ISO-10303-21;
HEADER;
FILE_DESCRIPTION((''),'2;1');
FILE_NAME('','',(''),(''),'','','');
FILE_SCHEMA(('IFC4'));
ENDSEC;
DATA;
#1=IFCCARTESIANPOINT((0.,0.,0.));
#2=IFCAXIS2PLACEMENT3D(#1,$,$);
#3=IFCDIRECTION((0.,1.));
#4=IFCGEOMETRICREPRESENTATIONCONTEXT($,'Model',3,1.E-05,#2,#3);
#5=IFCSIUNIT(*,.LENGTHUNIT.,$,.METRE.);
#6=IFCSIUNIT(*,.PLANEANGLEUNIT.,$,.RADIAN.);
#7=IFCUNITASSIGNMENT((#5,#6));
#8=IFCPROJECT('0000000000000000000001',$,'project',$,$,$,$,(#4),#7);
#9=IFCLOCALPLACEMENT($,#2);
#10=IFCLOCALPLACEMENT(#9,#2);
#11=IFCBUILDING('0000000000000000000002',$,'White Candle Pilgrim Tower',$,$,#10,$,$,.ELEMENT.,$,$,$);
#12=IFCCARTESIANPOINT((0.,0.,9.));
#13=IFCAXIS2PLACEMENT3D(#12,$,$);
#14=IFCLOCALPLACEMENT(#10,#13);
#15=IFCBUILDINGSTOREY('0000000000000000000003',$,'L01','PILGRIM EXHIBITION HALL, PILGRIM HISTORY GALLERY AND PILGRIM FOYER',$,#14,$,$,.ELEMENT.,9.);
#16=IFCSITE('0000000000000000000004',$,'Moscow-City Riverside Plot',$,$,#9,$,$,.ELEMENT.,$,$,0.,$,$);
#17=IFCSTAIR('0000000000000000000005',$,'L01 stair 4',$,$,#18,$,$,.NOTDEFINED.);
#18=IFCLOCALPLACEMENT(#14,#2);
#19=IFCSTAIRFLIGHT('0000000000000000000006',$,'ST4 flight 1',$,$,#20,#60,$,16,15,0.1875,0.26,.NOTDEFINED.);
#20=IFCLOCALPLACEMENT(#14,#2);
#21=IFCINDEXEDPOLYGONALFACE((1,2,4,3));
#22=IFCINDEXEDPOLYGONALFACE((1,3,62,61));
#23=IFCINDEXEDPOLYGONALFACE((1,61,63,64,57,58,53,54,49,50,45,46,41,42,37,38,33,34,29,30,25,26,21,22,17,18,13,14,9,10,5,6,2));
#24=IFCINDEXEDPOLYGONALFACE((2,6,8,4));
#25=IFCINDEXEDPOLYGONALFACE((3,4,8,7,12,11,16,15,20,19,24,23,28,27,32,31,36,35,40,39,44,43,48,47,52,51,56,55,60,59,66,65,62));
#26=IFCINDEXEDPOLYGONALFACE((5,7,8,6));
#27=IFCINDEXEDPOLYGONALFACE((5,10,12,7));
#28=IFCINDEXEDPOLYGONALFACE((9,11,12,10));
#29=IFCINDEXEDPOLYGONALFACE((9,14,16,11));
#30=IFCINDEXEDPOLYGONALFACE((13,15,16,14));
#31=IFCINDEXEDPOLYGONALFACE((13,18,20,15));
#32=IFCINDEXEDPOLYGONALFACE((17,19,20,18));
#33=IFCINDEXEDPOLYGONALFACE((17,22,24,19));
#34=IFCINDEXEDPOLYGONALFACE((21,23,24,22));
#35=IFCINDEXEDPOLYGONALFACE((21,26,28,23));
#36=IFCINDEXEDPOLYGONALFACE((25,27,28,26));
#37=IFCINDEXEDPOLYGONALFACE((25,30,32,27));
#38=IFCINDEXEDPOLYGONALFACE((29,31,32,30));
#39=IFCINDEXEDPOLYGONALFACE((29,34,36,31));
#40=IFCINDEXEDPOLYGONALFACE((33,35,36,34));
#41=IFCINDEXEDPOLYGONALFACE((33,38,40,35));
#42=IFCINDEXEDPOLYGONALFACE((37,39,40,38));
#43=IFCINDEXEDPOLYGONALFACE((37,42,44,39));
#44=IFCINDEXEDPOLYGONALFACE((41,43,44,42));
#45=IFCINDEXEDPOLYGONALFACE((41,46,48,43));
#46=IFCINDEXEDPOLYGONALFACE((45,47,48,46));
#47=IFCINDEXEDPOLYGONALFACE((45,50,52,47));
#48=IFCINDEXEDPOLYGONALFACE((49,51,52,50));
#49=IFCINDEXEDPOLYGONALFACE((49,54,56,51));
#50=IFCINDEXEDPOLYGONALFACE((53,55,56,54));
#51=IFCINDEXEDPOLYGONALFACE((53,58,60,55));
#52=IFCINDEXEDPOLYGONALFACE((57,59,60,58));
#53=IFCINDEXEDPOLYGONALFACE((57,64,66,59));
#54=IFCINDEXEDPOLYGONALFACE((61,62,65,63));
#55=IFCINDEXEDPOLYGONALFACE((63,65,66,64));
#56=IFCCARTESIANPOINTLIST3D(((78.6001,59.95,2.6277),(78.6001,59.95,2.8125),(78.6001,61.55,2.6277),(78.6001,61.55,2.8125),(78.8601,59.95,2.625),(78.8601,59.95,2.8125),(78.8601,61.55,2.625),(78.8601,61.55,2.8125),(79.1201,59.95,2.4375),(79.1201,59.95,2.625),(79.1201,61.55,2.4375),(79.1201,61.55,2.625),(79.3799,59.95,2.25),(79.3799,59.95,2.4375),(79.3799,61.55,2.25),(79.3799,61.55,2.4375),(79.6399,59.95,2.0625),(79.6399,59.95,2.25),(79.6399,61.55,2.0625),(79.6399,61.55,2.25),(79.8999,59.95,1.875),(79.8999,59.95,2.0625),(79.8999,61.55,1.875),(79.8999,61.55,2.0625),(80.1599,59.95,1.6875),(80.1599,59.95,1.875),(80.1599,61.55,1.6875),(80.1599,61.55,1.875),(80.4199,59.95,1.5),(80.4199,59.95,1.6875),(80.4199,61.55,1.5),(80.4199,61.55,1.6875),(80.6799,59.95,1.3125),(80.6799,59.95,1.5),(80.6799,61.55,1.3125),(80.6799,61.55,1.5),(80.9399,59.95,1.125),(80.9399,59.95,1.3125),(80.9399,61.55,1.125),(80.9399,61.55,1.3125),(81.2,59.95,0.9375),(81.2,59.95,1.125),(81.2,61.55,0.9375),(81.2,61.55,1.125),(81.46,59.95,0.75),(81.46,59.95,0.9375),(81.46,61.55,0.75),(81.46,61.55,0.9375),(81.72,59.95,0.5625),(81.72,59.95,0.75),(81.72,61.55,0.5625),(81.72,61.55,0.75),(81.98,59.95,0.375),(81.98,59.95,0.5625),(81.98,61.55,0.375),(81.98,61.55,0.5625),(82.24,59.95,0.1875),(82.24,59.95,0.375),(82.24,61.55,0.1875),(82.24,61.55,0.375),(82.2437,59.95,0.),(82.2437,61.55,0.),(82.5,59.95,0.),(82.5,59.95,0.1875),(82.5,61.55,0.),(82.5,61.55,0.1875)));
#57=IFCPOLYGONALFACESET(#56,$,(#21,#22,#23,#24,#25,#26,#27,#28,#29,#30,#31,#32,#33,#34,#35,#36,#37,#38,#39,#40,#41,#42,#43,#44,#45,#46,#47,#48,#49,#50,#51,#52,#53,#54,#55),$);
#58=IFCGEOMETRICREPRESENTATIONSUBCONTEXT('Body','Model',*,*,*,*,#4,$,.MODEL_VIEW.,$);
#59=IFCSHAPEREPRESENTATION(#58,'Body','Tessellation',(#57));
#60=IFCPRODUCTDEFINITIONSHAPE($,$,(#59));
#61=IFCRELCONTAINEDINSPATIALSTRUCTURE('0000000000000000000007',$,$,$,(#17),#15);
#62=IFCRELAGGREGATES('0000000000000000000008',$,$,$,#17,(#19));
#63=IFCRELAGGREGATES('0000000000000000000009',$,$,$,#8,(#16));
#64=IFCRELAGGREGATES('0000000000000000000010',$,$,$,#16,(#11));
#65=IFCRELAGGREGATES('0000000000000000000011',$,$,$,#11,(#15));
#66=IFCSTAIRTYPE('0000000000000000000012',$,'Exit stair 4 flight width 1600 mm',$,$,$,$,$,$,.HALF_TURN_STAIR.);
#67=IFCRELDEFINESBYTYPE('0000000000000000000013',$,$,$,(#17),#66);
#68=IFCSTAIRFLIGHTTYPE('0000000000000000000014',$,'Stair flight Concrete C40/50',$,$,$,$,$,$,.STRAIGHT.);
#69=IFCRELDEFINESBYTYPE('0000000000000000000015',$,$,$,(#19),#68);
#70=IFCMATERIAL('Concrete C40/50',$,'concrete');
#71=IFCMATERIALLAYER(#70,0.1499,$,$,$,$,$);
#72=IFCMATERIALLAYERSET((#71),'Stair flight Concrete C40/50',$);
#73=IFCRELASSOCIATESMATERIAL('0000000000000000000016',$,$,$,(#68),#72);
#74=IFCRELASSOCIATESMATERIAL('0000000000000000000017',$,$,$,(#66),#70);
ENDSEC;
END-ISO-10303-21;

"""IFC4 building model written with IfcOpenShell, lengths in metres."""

from ifc_helpers import new_model, si_unit, direction, frame, origin, place, context, subcontext, project, spatial, polyline, outline, extrude, material, layer, layer_set, type_object, element, aggregate, save


model = new_model("IFC4")

# Units and contexts
model_context = context("Model", 3, precision=1e-05, world=origin(), true_north=direction((0.0, 1.0)))
body_context = subcontext(model_context, "Body", "Model", "MODEL_VIEW")
ifc_project = project(units=[si_unit("LENGTHUNIT", "METRE"), si_unit("PLANEANGLEUNIT", "RADIAN")], contexts=[model_context])

# Site, building, storey
site_placement = place(None, origin())
site = spatial("IfcSite", under=ifc_project, at=site_placement, Name="Moscow-City Riverside Plot", CompositionType="ELEMENT", RefElevation=0.0)
building_placement = place(site_placement, origin())
building = spatial("IfcBuilding", under=site, at=building_placement, Name="White Candle Pilgrim Tower", CompositionType="ELEMENT")
storey_placement = place(building_placement, frame((0.0, 0.0, 9.0)))
storey = spatial("IfcBuildingStorey", under=building, at=storey_placement, Name="L01", Description="PILGRIM EXHIBITION HALL, PILGRIM HISTORY GALLERY AND PILGRIM FOYER", CompositionType="ELEMENT", Elevation=9.0)

# Stair, stair flight
ifc_material_1 = material(Name="Concrete C40/50", Category="concrete")
ifc_layer_1 = layer(ifc_material_1, 0.1499)
ifc_layer_set_1 = layer_set([ifc_layer_1], Name="Stair flight Concrete C40/50")
stair_flight_type = type_object("IfcStairFlightType", Name="Stair flight Concrete C40/50", PredefinedType="STRAIGHT", material=ifc_layer_set_1)
stair_type_1 = type_object("IfcStairType", Name="Exit stair 4 flight width 1600 mm", PredefinedType="HALF_TURN_STAIR", material=ifc_material_1)
stair_1_placement = place(storey_placement, origin())
stair_1 = element("IfcStair", 1, at=stair_1_placement, inside=storey, type_object=stair_type_1, Name="L01 stair 4", PredefinedType="NOTDEFINED")
stair_flight_1_placement = place(storey_placement, frame((82.5, 60.75, 0.0), z_axis=(0.0, 0.0, 1.0), x_axis=(-1.0, 0.0, 0.0)))
stair_flight_1 = element("IfcStairFlight", 2, at=stair_flight_1_placement, type_object=stair_flight_type, Name="ST4 flight 1", NumberOfRisers=16, NumberOfTreads=15, PredefinedType="NOTDEFINED", RiserHeight=0.1875, TreadLength=0.26, context=body_context, shape_type="SweptSolid", body=[
    extrude(outline(polyline([(0.0, 0.0), (0.0, 0.1875), (0.26, 0.1875), (0.26, 0.375), (0.52, 0.375), (0.52, 0.5625), (0.78, 0.5625), (0.78, 0.75), (1.04, 0.75), (1.04, 0.9375), (1.3, 0.9375), (1.3, 1.125), (1.5601, 1.125), (1.5601, 1.3125), (1.8201, 1.3125), (1.8201, 1.5), (2.0801, 1.5), (2.0801, 1.6875), (2.3401, 1.6875), (2.3401, 1.875), (2.6001, 1.875), (2.6001, 2.0625), (2.8601, 2.0625), (2.8601, 2.25), (3.1201, 2.25), (3.1201, 2.4375), (3.3799, 2.4375), (3.3799, 2.625), (3.6399, 2.625), (3.6399, 2.8125), (3.8999, 2.8125), (3.8999, 3.0), (3.8999, 2.6277), (0.2563, 0.0), (0.0, 0.0)])), frame((0.0, 0.8, 0.0), z_axis=(0.0, -1.0, 0.0), x_axis=(1.0, 0.0, 0.0)), (0.0, 0.0, 1.0), 1.6001),
])
aggregate(stair_1, [stair_flight_1])

save(model, "model.ifc")
